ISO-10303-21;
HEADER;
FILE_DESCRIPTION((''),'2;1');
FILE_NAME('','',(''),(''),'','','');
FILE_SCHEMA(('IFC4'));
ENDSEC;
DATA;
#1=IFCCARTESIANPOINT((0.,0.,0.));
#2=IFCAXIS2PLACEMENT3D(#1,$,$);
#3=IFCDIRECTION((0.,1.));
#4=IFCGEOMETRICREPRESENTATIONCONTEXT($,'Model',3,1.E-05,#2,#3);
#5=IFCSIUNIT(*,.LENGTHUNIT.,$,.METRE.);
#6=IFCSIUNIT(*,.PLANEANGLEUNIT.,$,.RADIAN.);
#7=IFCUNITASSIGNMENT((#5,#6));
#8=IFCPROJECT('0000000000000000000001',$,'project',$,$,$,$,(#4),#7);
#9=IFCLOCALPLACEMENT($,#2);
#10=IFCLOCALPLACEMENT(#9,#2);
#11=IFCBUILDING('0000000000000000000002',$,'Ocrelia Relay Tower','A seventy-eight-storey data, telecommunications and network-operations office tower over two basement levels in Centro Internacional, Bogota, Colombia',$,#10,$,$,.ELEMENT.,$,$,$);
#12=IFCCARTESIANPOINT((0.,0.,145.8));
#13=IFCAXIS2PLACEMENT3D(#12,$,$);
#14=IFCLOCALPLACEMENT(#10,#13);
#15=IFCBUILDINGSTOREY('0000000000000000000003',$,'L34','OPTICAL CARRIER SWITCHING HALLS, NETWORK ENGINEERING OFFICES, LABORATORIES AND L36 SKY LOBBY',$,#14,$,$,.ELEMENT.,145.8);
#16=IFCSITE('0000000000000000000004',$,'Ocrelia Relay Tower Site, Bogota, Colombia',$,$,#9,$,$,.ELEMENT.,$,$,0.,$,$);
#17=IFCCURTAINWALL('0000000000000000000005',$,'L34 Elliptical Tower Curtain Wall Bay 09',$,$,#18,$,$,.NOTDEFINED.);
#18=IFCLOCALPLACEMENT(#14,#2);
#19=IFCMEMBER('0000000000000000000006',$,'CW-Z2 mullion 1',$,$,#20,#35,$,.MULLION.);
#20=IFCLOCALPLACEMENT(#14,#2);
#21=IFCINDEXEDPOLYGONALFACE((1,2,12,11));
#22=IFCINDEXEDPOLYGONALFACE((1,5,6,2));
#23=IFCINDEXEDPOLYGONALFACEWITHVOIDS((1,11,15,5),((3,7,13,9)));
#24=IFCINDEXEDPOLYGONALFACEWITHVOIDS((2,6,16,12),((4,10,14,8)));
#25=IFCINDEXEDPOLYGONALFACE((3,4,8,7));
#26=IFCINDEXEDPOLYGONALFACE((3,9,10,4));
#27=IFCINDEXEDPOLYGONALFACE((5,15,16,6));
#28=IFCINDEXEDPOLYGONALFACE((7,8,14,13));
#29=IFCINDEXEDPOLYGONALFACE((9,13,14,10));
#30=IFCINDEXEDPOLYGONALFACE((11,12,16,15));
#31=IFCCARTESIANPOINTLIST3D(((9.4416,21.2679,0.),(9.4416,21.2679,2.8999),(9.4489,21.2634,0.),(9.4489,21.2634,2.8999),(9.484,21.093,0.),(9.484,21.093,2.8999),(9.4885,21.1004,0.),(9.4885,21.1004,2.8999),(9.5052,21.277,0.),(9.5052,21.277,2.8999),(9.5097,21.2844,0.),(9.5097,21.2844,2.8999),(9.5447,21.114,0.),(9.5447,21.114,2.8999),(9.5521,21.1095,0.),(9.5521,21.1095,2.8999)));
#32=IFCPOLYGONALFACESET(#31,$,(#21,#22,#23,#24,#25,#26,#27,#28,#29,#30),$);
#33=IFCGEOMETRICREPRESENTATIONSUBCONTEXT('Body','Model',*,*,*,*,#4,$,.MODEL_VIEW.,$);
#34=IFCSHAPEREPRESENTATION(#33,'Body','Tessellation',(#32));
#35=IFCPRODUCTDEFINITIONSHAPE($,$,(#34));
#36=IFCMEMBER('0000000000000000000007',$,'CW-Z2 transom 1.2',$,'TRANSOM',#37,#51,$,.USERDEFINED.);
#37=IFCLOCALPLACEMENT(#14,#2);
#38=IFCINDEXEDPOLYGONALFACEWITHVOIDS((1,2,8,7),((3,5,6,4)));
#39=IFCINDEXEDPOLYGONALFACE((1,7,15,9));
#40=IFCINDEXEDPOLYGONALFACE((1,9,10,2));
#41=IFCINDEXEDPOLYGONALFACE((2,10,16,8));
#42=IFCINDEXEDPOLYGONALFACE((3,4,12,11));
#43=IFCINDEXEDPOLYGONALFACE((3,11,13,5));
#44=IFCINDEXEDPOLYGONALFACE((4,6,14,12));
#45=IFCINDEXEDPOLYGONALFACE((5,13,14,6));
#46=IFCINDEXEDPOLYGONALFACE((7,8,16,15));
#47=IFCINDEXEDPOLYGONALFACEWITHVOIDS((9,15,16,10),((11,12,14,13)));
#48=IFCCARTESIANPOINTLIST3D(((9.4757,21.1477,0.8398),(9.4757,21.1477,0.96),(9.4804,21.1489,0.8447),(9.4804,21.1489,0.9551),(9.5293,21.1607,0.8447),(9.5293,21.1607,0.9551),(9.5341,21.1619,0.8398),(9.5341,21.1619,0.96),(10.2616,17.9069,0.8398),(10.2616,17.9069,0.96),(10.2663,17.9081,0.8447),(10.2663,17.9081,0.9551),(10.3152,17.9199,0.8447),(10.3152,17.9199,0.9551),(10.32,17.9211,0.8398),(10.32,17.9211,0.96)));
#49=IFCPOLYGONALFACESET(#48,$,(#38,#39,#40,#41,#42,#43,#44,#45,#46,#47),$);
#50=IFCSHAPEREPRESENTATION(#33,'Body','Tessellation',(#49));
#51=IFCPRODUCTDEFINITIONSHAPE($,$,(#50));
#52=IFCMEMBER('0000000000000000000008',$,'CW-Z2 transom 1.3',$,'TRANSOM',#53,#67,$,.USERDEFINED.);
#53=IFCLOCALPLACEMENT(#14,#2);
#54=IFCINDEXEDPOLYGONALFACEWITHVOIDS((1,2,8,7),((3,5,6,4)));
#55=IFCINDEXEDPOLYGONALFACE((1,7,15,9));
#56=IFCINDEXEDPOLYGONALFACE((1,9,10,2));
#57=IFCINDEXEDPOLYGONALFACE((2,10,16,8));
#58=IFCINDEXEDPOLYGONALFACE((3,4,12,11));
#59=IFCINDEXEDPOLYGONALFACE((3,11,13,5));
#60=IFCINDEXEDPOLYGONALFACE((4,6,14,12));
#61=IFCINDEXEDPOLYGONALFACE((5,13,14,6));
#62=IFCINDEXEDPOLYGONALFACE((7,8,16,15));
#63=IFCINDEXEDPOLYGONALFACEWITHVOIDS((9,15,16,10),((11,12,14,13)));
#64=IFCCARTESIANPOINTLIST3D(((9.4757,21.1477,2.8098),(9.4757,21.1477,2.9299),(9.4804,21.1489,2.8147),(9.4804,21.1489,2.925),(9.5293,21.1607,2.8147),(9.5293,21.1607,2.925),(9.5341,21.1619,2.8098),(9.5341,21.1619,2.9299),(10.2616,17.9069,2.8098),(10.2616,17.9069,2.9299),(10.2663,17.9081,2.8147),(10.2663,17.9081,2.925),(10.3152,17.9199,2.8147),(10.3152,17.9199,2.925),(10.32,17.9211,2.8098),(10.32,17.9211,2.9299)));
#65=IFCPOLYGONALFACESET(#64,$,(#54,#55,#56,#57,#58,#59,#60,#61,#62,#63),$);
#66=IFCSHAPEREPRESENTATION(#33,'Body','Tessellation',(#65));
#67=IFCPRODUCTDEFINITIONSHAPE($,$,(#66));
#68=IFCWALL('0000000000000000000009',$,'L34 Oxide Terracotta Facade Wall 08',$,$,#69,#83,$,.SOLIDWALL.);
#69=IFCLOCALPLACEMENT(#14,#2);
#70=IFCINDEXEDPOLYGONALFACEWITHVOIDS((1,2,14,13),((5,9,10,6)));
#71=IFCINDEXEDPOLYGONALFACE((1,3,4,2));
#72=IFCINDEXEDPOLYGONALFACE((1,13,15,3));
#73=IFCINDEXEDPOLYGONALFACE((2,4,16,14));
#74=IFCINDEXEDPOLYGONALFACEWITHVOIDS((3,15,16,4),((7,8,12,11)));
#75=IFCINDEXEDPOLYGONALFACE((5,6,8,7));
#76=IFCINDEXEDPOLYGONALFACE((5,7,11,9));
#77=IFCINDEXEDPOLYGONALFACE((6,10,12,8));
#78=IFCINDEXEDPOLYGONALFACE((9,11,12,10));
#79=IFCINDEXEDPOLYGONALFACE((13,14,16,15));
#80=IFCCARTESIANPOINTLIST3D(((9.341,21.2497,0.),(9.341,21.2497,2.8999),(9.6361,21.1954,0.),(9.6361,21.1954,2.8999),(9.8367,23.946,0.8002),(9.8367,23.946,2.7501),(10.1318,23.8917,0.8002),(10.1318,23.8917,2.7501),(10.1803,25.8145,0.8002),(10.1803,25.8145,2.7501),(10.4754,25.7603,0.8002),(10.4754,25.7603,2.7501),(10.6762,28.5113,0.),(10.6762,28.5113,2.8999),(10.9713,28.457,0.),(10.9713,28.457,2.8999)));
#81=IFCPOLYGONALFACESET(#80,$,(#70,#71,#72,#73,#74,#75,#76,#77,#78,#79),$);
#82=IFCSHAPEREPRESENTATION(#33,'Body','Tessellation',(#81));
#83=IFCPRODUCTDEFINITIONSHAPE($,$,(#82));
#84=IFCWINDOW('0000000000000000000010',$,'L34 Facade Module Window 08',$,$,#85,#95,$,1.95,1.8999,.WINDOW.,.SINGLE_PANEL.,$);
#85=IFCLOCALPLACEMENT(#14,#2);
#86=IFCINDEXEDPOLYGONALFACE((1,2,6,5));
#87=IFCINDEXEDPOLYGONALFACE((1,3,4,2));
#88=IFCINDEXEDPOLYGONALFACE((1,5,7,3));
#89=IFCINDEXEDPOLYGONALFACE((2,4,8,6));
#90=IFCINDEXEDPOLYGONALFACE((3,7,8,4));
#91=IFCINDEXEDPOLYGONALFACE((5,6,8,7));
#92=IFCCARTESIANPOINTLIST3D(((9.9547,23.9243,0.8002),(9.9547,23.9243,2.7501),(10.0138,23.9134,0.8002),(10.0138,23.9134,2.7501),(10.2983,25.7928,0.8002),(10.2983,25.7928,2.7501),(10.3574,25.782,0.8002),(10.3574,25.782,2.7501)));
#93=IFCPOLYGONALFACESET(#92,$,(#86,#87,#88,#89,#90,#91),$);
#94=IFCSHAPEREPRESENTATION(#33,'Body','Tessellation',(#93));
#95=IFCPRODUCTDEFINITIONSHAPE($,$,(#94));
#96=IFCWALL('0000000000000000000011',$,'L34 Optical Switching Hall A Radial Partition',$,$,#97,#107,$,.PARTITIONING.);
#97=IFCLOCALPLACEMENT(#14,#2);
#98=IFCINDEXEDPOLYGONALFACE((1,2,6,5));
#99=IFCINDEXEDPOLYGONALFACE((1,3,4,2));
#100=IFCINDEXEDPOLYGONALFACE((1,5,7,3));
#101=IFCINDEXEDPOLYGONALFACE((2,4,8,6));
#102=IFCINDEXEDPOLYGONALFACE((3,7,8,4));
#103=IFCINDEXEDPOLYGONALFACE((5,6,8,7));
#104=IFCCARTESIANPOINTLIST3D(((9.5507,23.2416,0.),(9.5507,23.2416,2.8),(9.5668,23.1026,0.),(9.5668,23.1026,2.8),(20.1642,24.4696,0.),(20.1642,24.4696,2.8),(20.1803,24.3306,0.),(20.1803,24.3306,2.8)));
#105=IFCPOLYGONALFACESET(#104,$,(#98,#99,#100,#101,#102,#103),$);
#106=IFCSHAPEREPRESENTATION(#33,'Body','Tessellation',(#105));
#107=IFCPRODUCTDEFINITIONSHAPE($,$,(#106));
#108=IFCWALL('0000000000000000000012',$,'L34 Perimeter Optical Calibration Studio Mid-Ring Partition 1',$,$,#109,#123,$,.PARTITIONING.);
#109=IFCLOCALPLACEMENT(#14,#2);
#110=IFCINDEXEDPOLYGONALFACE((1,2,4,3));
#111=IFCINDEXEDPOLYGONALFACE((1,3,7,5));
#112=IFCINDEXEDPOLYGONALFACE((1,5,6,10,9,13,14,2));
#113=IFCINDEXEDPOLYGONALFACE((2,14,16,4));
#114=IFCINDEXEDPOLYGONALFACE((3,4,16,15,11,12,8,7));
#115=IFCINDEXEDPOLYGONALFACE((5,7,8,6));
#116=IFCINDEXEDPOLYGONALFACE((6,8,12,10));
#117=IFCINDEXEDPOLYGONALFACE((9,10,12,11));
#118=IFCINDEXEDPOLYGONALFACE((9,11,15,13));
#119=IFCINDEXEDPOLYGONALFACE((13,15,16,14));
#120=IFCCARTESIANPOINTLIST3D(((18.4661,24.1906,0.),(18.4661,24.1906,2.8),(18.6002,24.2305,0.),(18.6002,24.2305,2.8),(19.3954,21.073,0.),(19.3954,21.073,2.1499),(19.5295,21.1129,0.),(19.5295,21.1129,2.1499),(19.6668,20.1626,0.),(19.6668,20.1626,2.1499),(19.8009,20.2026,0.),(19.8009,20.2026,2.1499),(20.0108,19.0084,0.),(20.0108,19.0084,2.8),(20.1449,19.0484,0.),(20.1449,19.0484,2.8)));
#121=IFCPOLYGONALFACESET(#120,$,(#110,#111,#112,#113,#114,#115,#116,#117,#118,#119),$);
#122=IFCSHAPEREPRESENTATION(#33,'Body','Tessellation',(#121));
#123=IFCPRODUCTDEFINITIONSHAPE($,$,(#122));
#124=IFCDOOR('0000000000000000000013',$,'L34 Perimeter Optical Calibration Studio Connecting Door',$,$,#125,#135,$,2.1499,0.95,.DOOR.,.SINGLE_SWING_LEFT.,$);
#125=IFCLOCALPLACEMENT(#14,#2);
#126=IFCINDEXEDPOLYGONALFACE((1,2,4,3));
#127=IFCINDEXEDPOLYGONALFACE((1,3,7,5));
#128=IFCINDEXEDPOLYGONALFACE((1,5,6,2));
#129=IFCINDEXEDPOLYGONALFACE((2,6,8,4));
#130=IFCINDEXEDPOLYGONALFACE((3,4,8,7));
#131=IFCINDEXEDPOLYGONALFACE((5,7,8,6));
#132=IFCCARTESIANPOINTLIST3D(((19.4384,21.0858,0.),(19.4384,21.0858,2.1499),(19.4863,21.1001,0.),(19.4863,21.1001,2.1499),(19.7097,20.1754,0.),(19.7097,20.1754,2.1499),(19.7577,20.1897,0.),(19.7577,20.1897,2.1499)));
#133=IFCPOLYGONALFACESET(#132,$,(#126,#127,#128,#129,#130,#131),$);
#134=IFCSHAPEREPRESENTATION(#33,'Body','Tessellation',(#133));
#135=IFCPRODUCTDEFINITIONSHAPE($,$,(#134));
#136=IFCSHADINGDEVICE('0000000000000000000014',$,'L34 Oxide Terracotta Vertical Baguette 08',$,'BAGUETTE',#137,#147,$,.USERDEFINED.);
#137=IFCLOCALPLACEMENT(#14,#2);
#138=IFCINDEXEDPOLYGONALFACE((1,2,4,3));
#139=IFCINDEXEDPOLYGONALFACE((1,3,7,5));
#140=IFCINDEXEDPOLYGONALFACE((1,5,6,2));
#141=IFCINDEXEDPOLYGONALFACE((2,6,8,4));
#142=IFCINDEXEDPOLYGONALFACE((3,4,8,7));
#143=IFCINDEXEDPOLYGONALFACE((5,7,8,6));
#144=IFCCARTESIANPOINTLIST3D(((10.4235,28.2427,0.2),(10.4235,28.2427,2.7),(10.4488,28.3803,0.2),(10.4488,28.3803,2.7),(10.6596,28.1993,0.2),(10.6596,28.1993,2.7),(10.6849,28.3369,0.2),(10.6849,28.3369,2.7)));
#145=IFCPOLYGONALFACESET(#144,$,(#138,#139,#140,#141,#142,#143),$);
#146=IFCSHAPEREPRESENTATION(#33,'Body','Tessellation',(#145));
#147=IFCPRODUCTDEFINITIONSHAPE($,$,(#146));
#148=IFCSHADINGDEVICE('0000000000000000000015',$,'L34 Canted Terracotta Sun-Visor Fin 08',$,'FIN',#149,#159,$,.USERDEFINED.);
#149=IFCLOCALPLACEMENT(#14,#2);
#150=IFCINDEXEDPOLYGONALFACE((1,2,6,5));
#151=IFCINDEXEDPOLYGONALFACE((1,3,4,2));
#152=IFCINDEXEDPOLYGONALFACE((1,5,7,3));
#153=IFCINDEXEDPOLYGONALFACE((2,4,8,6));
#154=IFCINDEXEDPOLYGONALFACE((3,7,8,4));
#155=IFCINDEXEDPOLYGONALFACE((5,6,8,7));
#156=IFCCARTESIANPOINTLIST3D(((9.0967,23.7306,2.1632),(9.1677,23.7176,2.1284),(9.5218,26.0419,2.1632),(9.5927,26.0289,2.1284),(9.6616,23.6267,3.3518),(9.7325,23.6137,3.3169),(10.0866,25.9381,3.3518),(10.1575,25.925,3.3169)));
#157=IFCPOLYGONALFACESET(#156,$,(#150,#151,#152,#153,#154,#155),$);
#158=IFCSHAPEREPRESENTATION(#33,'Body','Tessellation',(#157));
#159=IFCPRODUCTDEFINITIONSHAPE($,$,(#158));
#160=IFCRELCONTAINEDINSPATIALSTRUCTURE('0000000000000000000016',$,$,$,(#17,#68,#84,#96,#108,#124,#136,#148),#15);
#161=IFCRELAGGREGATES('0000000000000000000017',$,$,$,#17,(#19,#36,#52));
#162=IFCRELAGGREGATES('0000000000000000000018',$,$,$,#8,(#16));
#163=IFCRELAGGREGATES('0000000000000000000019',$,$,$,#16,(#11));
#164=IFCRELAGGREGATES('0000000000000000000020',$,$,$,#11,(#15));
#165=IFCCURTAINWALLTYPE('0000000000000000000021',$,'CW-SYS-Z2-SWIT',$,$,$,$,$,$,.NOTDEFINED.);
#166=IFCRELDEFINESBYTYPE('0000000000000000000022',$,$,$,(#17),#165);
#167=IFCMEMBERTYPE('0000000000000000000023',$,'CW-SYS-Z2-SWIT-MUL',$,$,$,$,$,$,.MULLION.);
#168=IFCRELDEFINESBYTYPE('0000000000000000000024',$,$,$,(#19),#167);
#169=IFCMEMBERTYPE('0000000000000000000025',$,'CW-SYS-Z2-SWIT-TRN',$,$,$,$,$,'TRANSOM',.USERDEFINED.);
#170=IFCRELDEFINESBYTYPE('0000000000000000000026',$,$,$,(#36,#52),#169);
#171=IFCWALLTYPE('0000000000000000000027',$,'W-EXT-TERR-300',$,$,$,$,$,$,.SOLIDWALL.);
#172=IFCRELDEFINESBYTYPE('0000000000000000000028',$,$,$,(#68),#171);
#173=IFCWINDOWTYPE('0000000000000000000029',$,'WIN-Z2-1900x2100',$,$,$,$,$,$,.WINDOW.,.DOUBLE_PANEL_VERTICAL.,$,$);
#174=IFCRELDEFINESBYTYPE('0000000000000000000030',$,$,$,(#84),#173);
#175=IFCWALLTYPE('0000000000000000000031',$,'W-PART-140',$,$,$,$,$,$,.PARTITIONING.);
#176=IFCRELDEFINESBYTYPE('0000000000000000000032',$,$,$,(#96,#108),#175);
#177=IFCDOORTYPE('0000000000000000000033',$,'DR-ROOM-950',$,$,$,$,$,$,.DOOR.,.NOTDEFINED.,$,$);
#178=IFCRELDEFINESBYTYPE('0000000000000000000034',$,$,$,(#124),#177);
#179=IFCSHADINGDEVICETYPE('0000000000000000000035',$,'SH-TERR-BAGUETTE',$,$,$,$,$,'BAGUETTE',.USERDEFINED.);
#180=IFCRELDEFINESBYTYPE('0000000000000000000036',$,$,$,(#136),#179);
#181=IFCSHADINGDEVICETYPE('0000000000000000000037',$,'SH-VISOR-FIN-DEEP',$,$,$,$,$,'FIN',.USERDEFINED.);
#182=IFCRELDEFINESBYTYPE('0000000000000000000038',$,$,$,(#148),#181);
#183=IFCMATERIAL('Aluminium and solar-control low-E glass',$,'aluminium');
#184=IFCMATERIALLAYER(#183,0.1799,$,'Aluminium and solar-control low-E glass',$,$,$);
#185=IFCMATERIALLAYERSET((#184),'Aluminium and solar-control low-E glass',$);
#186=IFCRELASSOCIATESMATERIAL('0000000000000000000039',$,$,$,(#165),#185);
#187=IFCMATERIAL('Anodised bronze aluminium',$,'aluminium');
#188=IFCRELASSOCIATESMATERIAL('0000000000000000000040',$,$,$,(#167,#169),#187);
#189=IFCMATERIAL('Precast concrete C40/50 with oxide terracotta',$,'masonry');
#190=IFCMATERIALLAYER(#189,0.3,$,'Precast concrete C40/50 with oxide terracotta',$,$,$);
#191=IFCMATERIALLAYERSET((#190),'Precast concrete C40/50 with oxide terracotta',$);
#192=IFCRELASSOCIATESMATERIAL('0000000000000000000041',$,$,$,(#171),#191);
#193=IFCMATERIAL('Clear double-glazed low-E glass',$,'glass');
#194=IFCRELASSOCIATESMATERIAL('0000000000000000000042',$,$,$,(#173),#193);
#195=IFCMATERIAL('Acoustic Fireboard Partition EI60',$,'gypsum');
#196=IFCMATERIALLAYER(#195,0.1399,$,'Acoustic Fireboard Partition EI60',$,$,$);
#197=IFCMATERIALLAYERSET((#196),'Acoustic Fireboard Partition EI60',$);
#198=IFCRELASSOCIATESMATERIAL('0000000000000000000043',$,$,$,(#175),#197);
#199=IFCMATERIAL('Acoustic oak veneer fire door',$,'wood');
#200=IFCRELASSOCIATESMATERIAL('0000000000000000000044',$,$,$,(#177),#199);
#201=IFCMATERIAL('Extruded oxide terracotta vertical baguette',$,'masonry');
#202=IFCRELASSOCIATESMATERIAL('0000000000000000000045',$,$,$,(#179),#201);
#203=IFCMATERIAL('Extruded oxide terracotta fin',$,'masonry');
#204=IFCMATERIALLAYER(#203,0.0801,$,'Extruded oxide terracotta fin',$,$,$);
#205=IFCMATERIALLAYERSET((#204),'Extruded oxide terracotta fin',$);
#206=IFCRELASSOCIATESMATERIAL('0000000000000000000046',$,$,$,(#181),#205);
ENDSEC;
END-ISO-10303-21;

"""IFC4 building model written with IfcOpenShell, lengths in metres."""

from ifc_helpers import new_model, si_unit, direction, frame, frame_2d, origin, origin_2d, place, context, subcontext, project, spatial, rectangle, hollow_rectangle, extrude, material, layer, layer_set, material_profile, profile_set, type_object, element, fill, aggregate, save


model = new_model("IFC4")

# Units and contexts
model_context = context("Model", 3, precision=1e-05, world=origin(), true_north=direction((0.0, 1.0)))
body_context = subcontext(model_context, "Body", "Model", "MODEL_VIEW")
ifc_project = project(units=[si_unit("LENGTHUNIT", "METRE"), si_unit("PLANEANGLEUNIT", "RADIAN")], contexts=[model_context])

# Site, building, storey
site_placement = place(None, origin())
site = spatial("IfcSite", under=ifc_project, at=site_placement, Name="Ocrelia Relay Tower Site, Bogota, Colombia", CompositionType="ELEMENT", RefElevation=0.0)
building_placement = place(site_placement, origin())
building = spatial("IfcBuilding", under=site, at=building_placement, Name="Ocrelia Relay Tower", Description="A seventy-eight-storey data, telecommunications and network-operations office tower over two basement levels in Centro Internacional, Bogota, Colombia", CompositionType="ELEMENT")
storey_placement = place(building_placement, frame((0.0, 0.0, 145.8)))
storey = spatial("IfcBuildingStorey", under=building, at=storey_placement, Name="L34", Description="OPTICAL CARRIER SWITCHING HALLS, NETWORK ENGINEERING OFFICES, LABORATORIES AND L36 SKY LOBBY", CompositionType="ELEMENT", Elevation=145.8)

# Curtain wall, members
ifc_material_1 = material(Name="Aluminium and solar-control low-E glass", Category="aluminium")
ifc_layer_1 = layer(ifc_material_1, 0.1799, Name="Aluminium and solar-control low-E glass")
ifc_layer_set_1 = layer_set([ifc_layer_1], Name="Aluminium and solar-control low-E glass")
curtain_wall_type = type_object("IfcCurtainWallType", Name="CW-SYS-Z2-SWIT", PredefinedType="NOTDEFINED", material=ifc_layer_set_1)
curtain_wall_placement = place(storey_placement, origin())
curtain_wall = element("IfcCurtainWall", 1, at=curtain_wall_placement, inside=storey, type_object=curtain_wall_type, Name="L34 Elliptical Tower Curtain Wall Bay 09", PredefinedType="NOTDEFINED")
ifc_material_2 = material(Name="Anodised bronze aluminium", Category="aluminium")
ifc_material_profile_1 = material_profile(ifc_material_2, hollow_rectangle(XDim=0.0701, YDim=0.1799, WallThickness=0.0061, at=origin_2d()), Name="CW-MUL-180x70")
ifc_profile_set_1 = profile_set([ifc_material_profile_1], Name="Anodised bronze aluminium")
member_type_1 = type_object("IfcMemberType", Name="CW-SYS-Z2-SWIT-MUL", PredefinedType="MULLION", material=ifc_profile_set_1)
member_1_placement = place(storey_placement, frame((9.4968, 21.1887, 0.0), z_axis=(0.0, 0.0, 1.0), x_axis=(0.971833, 0.235672, 0.0)))
member_1 = element("IfcMember", 2, at=member_1_placement, type_object=member_type_1, Name="CW-Z2 mullion 1", PredefinedType="MULLION", context=body_context, shape_type="SweptSolid", body=[
    extrude(hollow_rectangle(XDim=0.0701, YDim=0.1799, WallThickness=0.0061, at=origin_2d()), origin(), (0.0, 0.0, 1.0), 2.8999),
])
ifc_material_profile_2 = material_profile(ifc_material_2, hollow_rectangle(XDim=0.0601, YDim=0.1201, WallThickness=0.0049, at=origin_2d()), Name="CW-TRN-120x60")
ifc_profile_set_2 = profile_set([ifc_material_profile_2], Name="Anodised bronze aluminium")
member_type_2 = type_object("IfcMemberType", Name="CW-SYS-Z2-SWIT-TRN", ElementType="TRANSOM", PredefinedType="USERDEFINED", material=ifc_profile_set_2)
member_2_placement = place(storey_placement, frame((9.5049, 21.1548, 0.8999), z_axis=(0.235673, -0.971832, 0.0), x_axis=(0.971832, 0.235673, 0.0)))
member_2 = element("IfcMember", 3, at=member_2_placement, type_object=member_type_2, Name="CW-Z2 transom 1.2", ObjectType="TRANSOM", PredefinedType="USERDEFINED", context=body_context, shape_type="SweptSolid", body=[
    extrude(hollow_rectangle(XDim=0.0601, YDim=0.1201, WallThickness=0.0049, at=origin_2d()), origin(), (0.0, 0.0, 1.0), 3.3347),
])
member_3_placement = place(storey_placement, frame((9.5049, 21.1548, 2.8699), z_axis=(0.235673, -0.971832, 0.0), x_axis=(0.971832, 0.235673, 0.0)))
member_3 = element("IfcMember", 4, at=member_3_placement, type_object=member_type_2, Name="CW-Z2 transom 1.3", ObjectType="TRANSOM", PredefinedType="USERDEFINED", context=body_context, shape_type="SweptSolid", body=[
    extrude(hollow_rectangle(XDim=0.0601, YDim=0.1201, WallThickness=0.0049, at=origin_2d()), origin(), (0.0, 0.0, 1.0), 3.3347),
])
aggregate(curtain_wall, [member_1, member_2, member_3])

# Shared definitions
ifc_material_3 = material(Name="Acoustic oak veneer fire door", Category="wood")

# Wall, opening, window
ifc_material_4 = material(Name="Precast concrete C40/50 with oxide terracotta", Category="masonry")
ifc_layer_2 = layer(ifc_material_4, 0.3, Name="Precast concrete C40/50 with oxide terracotta")
ifc_layer_set_2 = layer_set([ifc_layer_2], Name="Precast concrete C40/50 with oxide terracotta")
wall_type_1 = type_object("IfcWallType", Name="W-EXT-TERR-300", PredefinedType="SOLIDWALL", material=ifc_layer_set_2)
wall_1_placement = place(storey_placement, frame((10.8237, 28.4841, 0.0), z_axis=(0.0, 0.0, 1.0), x_axis=(-0.180843, -0.983512, 0.0)))
wall_1 = element("IfcWall", 5, at=wall_1_placement, inside=storey, type_object=wall_type_1, Name="L34 Oxide Terracotta Facade Wall 08", PredefinedType="SOLIDWALL", context=body_context, shape_type="SweptSolid", body=[
    extrude(rectangle(XDim=7.3833, YDim=0.3, at=frame_2d((3.6917, 0.0))), origin(), (0.0, 0.0, 1.0), 2.8999),
])
opening_1_placement = place(wall_1_placement, frame((2.7419, 0.0, 0.8)))
opening_1 = element("IfcOpeningElement", 6, at=opening_1_placement, cuts=wall_1, PredefinedType="OPENING", context=body_context, shape_type="SweptSolid", body=[
    extrude(rectangle(XDim=1.8999, YDim=1.95, at=frame_2d((0.95, 0.9751))), frame((0.0, 0.1602, 0.0), z_axis=(0.0, -1.0, 0.0), x_axis=(1.0, 0.0, 0.0)), (0.0, 0.0, 1.0), 0.3201),
])
ifc_material_5 = material(Name="Clear double-glazed low-E glass", Category="glass")
window_type = type_object("IfcWindowType", Name="WIN-Z2-1900x2100", PartitioningType="DOUBLE_PANEL_VERTICAL", PredefinedType="WINDOW", material=ifc_material_5)
window_placement = place(opening_1_placement, origin())
window = element("IfcWindow", 7, at=window_placement, inside=storey, type_object=window_type, Name="L34 Facade Module Window 08", OverallHeight=1.95, OverallWidth=1.8999, PartitioningType="SINGLE_PANEL", PredefinedType="WINDOW", context=body_context, shape_type="SweptSolid", body=[
    extrude(rectangle(XDim=1.8999, YDim=1.95, at=frame_2d((0.95, 0.9751))), frame((0.0, 0.03, 0.0), z_axis=(0.0, -1.0, 0.0), x_axis=(1.0, 0.0, 0.0)), (0.0, 0.0, 1.0), 0.0601),
])
fill(opening_1, window)

# Wall
ifc_material_6 = material(Name="Acoustic Fireboard Partition EI60", Category="gypsum")
ifc_layer_3 = layer(ifc_material_6, 0.1399, Name="Acoustic Fireboard Partition EI60")
ifc_layer_set_3 = layer_set([ifc_layer_3], Name="Acoustic Fireboard Partition EI60")
wall_type_2 = type_object("IfcWallType", Name="W-PART-140", PredefinedType="PARTITIONING", material=ifc_layer_set_3)
wall_2_placement = place(storey_placement, frame((20.1724, 24.4001, 0.0), z_axis=(0.0, 0.0, 1.0), x_axis=(-0.993373, -0.114937, 0.0)))
element("IfcWall", 8, at=wall_2_placement, inside=storey, type_object=wall_type_2, Name="L34 Optical Switching Hall A Radial Partition", PredefinedType="PARTITIONING", context=body_context, shape_type="SweptSolid", body=[
    extrude(rectangle(XDim=10.6843, YDim=0.1399, at=frame_2d((5.3423, 0.0))), origin(), (0.0, 0.0, 1.0), 2.8),
])

# Wall, opening, door
wall_3_placement = place(storey_placement, frame((18.5332, 24.2104, 0.0), z_axis=(0.0, 0.0, 1.0), x_axis=(0.285657, -0.958332, 0.0)))
wall_3 = element("IfcWall", 9, at=wall_3_placement, inside=storey, type_object=wall_type_2, Name="L34 Perimeter Optical Calibration Studio Mid-Ring Partition 1", PredefinedType="PARTITIONING", context=body_context, shape_type="SweptSolid", body=[
    extrude(rectangle(XDim=5.4075, YDim=0.1399, at=frame_2d((2.7036, 0.0))), origin(), (0.0, 0.0, 1.0), 2.8),
])
opening_2_placement = place(wall_3_placement, frame((3.2529, 0.0, 0.0)))
opening_2 = element("IfcOpeningElement", 10, at=opening_2_placement, cuts=wall_3, PredefinedType="OPENING", context=body_context, shape_type="SweptSolid", body=[
    extrude(rectangle(XDim=0.95, YDim=2.1499, at=frame_2d((0.4751, 1.075))), frame((0.0, 0.0801, 0.0), z_axis=(0.0, -1.0, 0.0), x_axis=(1.0, 0.0, 0.0)), (0.0, 0.0, 1.0), 0.1599),
])
door_type_1 = type_object("IfcDoorType", Name="DR-ROOM-950", OperationType="NOTDEFINED", PredefinedType="DOOR", material=ifc_material_3)
door_1_placement = place(opening_2_placement, origin())
door_1 = element("IfcDoor", 11, at=door_1_placement, inside=storey, type_object=door_type_1, Name="L34 Perimeter Optical Calibration Studio Connecting Door", OperationType="SINGLE_SWING_LEFT", OverallHeight=2.1499, OverallWidth=0.95, PredefinedType="DOOR", context=body_context, shape_type="SweptSolid", body=[
    extrude(rectangle(XDim=0.95, YDim=2.1499, at=frame_2d((0.4751, 1.075))), frame((0.0, 0.0249, 0.0), z_axis=(0.0, -1.0, 0.0), x_axis=(1.0, 0.0, 0.0)), (0.0, 0.0, 1.0), 0.05),
])
fill(opening_2, door_1)

# Shading devices
ifc_material_7 = material(Name="Extruded oxide terracotta vertical baguette", Category="masonry")
shading_device_type_1 = type_object("IfcShadingDeviceType", Name="SH-TERR-BAGUETTE", ElementType="BAGUETTE", PredefinedType="USERDEFINED", material=ifc_material_7)
shading_device_1_placement = place(storey_placement, frame((10.5542, 28.2898, 0.2), z_axis=(0.0, 0.0, 1.0), x_axis=(-0.180855, -0.98351, 0.0)))
element("IfcShadingDevice", 12, at=shading_device_1_placement, inside=storey, type_object=shading_device_type_1, Name="L34 Oxide Terracotta Vertical Baguette 08", ObjectType="BAGUETTE", PredefinedType="USERDEFINED", context=body_context, shape_type="SweptSolid", body=[
    extrude(rectangle(XDim=0.1399, YDim=0.24, at=origin_2d()), origin(), (0.0, 0.0, 1.0), 2.5),
])
ifc_material_8 = material(Name="Extruded oxide terracotta fin", Category="masonry")
ifc_layer_4 = layer(ifc_material_8, 0.0801, Name="Extruded oxide terracotta fin")
ifc_layer_set_4 = layer_set([ifc_layer_4], Name="Extruded oxide terracotta fin")
shading_device_type_2 = type_object("IfcShadingDeviceType", Name="SH-VISOR-FIN-DEEP", ElementType="FIN", PredefinedType="USERDEFINED", material=ifc_layer_set_4)
shading_device_2_placement = place(storey_placement, frame((9.6626, 24.8213, 2.7227), z_axis=(-0.885547, 0.162841, 0.435074), x_axis=(-0.180855, -0.98351, 0.0)))
element("IfcShadingDevice", 13, at=shading_device_2_placement, inside=storey, type_object=shading_device_type_2, Name="L34 Canted Terracotta Sun-Visor Fin 08", ObjectType="FIN", PredefinedType="USERDEFINED", context=body_context, shape_type="SweptSolid", body=[
    extrude(rectangle(XDim=2.3501, YDim=1.3201, at=origin_2d()), origin(), (0.0, 0.0, 1.0), 0.0801),
])

save(model, "model.ifc")
